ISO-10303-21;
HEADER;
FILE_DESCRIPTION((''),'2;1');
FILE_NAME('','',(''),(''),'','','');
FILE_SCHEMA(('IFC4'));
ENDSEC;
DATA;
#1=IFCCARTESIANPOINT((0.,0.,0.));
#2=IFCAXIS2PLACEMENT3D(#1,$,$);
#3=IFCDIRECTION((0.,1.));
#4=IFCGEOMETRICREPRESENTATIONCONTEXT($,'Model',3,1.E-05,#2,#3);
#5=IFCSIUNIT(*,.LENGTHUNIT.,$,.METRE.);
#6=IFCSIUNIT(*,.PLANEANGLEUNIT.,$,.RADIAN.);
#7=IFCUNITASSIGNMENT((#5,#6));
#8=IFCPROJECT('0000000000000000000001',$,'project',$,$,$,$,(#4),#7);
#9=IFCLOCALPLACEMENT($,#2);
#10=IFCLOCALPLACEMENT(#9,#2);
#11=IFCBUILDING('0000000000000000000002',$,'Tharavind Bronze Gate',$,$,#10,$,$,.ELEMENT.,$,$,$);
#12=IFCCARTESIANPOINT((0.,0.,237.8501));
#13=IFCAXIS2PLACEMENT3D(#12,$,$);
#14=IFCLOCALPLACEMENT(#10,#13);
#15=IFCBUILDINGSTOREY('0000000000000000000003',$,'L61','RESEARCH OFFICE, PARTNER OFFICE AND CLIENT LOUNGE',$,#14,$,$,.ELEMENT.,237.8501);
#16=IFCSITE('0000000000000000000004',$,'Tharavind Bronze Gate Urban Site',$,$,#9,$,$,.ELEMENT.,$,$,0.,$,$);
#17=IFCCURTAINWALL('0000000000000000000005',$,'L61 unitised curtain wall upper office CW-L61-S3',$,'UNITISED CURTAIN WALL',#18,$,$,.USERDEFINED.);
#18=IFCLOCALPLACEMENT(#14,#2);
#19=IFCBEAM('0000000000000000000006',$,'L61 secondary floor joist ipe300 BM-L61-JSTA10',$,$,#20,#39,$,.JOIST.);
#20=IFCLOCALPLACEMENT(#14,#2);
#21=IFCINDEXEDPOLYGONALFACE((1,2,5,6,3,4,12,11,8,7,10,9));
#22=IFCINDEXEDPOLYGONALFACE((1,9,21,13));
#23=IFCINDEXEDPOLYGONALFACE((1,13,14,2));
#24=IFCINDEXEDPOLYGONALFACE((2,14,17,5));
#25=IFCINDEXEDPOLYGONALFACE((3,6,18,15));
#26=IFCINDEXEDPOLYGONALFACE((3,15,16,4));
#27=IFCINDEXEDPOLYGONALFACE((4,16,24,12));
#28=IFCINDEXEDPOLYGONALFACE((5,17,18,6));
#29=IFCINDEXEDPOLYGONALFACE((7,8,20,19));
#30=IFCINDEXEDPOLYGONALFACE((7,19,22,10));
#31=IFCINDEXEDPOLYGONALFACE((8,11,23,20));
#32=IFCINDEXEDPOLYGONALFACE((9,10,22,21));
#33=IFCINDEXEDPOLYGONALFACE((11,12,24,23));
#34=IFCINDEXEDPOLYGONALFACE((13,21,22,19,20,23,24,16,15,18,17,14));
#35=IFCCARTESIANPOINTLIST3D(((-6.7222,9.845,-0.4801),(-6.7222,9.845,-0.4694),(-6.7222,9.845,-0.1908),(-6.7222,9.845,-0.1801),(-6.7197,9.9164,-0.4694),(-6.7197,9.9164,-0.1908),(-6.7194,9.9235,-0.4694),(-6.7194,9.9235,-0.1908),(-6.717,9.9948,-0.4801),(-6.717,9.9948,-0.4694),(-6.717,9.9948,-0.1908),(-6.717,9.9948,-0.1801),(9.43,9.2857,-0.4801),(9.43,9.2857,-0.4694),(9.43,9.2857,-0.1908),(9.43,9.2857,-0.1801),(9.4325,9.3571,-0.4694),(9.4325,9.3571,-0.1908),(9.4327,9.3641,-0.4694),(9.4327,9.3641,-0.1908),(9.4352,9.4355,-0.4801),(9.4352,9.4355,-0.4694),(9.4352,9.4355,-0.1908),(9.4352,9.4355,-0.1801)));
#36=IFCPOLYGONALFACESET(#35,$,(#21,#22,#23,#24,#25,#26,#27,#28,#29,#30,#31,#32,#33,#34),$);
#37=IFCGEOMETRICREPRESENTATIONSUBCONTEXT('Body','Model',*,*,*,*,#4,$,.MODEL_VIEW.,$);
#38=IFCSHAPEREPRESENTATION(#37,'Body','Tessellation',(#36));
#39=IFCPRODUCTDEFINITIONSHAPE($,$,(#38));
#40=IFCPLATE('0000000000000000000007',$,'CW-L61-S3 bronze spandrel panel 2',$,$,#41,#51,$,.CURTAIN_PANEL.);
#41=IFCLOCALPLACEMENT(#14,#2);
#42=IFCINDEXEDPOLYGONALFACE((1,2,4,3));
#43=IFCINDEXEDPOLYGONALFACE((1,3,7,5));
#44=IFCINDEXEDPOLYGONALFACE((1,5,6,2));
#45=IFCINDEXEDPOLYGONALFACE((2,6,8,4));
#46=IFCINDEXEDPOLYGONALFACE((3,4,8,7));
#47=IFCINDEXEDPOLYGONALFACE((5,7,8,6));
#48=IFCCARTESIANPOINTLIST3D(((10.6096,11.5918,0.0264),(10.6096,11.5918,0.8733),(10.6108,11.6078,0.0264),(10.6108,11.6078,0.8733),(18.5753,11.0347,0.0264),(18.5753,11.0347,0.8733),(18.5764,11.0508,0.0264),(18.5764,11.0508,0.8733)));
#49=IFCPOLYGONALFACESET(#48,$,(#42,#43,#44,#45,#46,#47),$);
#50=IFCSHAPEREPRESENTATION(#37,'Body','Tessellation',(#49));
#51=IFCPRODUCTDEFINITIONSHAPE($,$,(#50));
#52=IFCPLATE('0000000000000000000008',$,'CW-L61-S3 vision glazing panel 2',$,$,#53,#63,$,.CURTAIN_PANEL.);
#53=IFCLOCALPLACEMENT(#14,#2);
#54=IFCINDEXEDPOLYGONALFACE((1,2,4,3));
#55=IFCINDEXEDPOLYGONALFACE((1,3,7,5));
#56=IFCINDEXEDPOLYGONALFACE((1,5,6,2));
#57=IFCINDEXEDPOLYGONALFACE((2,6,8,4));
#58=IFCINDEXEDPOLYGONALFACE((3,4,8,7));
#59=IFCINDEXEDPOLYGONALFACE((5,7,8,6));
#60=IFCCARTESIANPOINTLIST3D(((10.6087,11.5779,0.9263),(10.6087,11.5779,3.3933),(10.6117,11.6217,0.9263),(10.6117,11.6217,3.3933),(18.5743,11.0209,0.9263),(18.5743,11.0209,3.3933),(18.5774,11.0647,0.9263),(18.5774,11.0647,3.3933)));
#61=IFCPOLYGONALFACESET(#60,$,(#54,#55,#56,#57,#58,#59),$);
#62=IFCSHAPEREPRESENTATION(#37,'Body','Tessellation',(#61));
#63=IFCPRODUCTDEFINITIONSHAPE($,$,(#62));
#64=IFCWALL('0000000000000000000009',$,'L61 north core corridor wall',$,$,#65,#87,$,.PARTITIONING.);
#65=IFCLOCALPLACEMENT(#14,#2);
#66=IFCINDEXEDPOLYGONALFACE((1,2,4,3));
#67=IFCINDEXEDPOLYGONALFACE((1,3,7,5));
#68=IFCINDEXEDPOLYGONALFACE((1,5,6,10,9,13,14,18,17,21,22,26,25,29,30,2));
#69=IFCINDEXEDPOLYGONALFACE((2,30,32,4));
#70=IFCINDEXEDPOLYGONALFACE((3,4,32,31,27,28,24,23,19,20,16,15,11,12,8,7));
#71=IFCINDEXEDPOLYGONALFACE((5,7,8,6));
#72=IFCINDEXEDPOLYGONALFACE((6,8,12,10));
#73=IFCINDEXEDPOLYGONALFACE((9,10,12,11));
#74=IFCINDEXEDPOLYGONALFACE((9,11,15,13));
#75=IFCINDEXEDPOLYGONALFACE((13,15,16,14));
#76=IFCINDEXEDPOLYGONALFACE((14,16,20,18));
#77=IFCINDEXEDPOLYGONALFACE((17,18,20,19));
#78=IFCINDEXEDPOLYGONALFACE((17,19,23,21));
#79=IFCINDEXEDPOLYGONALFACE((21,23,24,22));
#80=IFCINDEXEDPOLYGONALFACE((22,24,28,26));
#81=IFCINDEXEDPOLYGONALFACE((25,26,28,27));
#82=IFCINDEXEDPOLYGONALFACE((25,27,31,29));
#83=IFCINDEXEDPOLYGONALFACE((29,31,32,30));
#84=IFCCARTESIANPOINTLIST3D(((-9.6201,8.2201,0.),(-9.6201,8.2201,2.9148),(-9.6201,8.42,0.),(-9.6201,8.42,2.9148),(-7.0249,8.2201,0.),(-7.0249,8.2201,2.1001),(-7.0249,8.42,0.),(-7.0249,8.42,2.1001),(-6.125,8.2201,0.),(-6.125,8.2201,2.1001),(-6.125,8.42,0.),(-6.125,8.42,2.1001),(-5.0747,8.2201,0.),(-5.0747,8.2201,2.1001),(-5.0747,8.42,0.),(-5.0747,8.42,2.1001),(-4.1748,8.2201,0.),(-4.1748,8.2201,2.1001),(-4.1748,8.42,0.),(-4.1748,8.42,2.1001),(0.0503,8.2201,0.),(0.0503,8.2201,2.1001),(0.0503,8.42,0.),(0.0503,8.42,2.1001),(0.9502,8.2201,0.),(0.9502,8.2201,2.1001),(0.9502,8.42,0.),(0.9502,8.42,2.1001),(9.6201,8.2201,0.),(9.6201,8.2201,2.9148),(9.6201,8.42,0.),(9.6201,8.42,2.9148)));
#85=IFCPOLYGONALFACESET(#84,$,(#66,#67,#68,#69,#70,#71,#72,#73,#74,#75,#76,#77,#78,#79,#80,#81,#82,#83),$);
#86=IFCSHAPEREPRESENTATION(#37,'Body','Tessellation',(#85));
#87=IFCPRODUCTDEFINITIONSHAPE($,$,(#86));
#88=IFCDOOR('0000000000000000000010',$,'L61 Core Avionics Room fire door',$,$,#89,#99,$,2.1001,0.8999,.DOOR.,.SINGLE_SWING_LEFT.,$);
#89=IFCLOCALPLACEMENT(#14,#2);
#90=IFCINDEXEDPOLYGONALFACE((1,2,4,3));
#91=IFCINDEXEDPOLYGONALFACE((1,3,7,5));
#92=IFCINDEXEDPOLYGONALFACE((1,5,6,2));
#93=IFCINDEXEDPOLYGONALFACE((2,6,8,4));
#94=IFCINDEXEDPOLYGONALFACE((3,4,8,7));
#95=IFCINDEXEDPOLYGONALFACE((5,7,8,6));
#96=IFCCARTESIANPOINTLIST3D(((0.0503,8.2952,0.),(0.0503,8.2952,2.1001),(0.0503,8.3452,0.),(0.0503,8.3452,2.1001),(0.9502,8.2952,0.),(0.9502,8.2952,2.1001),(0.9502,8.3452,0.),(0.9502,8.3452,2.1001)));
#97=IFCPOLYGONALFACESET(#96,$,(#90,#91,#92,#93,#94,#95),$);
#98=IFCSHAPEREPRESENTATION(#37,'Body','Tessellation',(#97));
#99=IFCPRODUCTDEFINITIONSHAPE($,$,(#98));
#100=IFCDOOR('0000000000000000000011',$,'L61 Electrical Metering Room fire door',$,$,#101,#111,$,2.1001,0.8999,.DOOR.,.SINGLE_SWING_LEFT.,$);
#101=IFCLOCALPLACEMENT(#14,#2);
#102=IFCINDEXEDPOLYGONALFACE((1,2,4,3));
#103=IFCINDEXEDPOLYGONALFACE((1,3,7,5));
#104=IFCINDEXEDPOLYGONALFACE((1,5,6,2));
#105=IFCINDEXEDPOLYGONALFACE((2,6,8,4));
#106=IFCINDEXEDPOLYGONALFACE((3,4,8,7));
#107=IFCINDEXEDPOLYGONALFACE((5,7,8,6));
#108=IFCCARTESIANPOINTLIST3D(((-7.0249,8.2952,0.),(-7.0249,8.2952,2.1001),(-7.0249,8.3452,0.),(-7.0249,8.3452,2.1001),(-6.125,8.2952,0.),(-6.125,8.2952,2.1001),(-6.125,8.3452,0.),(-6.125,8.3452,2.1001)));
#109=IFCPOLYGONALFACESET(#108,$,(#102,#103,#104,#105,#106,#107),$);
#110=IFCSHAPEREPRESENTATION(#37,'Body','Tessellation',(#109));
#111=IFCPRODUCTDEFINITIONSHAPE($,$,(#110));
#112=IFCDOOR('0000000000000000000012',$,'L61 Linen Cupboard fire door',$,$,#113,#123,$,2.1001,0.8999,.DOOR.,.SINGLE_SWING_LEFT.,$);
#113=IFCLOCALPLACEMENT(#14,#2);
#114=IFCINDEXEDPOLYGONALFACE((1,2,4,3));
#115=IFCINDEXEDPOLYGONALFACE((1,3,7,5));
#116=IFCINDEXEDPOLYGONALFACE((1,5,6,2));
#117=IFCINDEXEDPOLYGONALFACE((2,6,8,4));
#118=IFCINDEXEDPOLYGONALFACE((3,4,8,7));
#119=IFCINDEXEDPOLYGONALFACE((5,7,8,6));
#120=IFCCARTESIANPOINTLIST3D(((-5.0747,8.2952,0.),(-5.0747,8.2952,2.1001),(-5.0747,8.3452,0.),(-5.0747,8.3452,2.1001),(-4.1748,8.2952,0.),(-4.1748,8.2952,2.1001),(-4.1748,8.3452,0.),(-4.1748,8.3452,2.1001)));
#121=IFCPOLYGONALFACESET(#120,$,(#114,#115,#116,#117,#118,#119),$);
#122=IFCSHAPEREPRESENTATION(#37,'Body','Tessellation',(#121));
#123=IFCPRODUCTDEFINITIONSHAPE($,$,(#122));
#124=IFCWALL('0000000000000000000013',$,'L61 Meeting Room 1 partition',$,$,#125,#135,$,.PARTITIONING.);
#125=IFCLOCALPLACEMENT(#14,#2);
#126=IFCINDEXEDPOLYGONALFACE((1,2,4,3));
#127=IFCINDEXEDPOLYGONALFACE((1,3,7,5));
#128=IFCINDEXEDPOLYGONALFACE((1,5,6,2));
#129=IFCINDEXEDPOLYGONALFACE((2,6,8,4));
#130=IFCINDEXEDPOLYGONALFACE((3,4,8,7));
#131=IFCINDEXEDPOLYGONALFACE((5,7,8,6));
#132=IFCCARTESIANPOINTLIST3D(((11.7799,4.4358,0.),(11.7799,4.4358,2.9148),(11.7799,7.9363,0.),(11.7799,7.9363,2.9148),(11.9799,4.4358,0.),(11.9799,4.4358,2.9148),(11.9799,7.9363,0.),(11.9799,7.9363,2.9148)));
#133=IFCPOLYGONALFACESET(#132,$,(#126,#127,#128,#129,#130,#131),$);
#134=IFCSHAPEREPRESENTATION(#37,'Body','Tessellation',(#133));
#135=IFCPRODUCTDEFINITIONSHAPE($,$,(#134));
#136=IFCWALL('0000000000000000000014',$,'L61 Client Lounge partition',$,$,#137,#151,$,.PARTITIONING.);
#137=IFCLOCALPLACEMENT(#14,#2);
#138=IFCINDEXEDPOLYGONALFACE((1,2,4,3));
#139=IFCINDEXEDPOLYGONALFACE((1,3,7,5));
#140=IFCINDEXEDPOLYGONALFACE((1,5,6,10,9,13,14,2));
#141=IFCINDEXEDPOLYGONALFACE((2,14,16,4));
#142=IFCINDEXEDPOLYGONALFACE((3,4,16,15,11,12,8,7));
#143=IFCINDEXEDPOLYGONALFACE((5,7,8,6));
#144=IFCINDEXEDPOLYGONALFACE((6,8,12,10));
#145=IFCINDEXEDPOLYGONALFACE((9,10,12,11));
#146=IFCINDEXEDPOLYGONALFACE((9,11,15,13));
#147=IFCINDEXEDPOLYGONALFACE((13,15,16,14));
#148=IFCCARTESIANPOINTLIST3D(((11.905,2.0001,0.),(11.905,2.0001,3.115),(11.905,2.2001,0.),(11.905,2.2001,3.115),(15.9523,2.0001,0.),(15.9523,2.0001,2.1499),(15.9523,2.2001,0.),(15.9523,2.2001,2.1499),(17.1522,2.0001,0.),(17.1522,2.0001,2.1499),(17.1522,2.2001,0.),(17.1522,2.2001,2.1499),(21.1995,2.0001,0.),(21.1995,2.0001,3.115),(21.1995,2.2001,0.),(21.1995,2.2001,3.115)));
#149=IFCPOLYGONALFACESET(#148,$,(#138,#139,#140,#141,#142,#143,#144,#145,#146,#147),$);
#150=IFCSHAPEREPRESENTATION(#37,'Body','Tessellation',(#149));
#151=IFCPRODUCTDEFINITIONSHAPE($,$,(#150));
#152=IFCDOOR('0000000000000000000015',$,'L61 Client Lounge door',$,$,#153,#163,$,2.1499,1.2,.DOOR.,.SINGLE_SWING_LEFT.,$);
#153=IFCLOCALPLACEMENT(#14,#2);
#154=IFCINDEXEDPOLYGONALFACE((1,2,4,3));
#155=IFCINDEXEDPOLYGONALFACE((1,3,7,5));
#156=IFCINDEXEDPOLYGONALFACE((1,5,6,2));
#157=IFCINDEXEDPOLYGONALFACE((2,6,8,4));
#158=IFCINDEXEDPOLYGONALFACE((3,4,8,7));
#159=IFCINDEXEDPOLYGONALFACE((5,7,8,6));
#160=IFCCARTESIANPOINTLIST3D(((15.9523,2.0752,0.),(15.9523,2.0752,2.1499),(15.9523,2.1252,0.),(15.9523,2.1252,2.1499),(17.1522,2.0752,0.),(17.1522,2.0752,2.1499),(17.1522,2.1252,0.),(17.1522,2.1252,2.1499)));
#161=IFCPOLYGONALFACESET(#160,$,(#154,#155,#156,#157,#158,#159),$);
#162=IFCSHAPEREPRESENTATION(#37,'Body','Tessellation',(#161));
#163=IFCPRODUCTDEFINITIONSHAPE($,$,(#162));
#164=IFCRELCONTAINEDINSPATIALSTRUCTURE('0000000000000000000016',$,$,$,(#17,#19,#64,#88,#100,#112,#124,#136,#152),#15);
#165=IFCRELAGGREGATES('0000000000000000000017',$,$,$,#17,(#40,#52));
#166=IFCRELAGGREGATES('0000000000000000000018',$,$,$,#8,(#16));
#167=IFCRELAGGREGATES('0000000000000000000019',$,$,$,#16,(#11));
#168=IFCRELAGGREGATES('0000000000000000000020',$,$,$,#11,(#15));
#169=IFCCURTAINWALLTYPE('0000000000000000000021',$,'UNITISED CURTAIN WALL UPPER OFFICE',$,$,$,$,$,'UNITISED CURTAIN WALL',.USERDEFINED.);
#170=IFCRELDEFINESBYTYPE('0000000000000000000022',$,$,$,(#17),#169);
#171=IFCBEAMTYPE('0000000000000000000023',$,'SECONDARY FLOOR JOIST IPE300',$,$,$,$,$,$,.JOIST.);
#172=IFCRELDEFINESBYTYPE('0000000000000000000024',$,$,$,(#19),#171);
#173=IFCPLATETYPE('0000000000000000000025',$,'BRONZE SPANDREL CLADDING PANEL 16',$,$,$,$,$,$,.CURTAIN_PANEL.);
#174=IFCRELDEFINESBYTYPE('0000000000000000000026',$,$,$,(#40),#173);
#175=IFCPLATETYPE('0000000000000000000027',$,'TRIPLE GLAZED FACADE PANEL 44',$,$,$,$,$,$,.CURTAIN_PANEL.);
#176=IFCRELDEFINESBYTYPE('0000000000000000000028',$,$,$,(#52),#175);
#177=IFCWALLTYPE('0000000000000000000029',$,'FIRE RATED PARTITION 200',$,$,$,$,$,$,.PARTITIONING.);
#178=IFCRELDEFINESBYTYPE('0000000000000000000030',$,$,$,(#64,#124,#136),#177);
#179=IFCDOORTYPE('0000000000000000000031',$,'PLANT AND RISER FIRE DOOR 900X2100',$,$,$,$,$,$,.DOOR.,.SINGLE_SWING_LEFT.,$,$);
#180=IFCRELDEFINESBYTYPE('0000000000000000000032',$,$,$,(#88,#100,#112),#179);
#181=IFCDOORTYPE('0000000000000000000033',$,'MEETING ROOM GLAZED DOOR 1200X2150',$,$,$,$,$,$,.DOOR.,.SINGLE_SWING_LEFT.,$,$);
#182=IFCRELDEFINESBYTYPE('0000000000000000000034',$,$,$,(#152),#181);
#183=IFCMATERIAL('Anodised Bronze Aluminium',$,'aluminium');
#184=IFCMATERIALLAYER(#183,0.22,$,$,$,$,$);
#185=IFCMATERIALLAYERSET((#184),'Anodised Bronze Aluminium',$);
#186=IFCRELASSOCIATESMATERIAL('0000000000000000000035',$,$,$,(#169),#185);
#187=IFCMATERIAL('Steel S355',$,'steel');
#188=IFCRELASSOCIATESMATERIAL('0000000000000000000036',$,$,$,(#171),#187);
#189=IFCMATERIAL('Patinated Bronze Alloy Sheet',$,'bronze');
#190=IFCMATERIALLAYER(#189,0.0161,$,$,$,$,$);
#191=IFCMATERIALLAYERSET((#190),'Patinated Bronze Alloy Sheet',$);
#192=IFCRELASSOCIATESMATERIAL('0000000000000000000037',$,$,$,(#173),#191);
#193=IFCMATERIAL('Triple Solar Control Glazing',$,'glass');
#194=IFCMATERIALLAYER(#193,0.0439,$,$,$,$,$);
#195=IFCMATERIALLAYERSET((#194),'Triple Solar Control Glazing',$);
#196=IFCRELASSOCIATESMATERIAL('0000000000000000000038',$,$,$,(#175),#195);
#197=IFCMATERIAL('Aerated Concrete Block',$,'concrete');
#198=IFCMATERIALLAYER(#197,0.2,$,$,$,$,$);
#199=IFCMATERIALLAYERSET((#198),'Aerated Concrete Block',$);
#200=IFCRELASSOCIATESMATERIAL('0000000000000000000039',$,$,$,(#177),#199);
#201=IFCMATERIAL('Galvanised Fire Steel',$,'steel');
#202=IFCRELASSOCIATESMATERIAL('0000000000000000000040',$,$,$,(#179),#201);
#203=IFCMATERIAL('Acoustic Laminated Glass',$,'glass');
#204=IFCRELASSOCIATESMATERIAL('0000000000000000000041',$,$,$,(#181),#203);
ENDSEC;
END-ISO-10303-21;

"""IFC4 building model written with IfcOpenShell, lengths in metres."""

from ifc_helpers import new_model, si_unit, direction, frame, frame_2d, origin, origin_2d, place, context, subcontext, project, spatial, rectangle, i_section, extrude, material, layer, layer_set, material_profile, profile_set, type_object, element, fill, aggregate, save


model = new_model("IFC4")

# Units and contexts
model_context = context("Model", 3, precision=1e-05, world=origin(), true_north=direction((0.0, 1.0)))
body_context = subcontext(model_context, "Body", "Model", "MODEL_VIEW")
ifc_project = project(units=[si_unit("LENGTHUNIT", "METRE"), si_unit("PLANEANGLEUNIT", "RADIAN")], contexts=[model_context])

# Site, building, storey
site_placement = place(None, origin())
site = spatial("IfcSite", under=ifc_project, at=site_placement, Name="Tharavind Bronze Gate Urban Site", CompositionType="ELEMENT", RefElevation=0.0)
building_placement = place(site_placement, origin())
building = spatial("IfcBuilding", under=site, at=building_placement, Name="Tharavind Bronze Gate", CompositionType="ELEMENT")
storey_placement = place(building_placement, frame((0.0, 0.0, 237.8501)))
storey = spatial("IfcBuildingStorey", under=building, at=storey_placement, Name="L61", Description="RESEARCH OFFICE, PARTNER OFFICE AND CLIENT LOUNGE", CompositionType="ELEMENT", Elevation=237.8501)

# Curtain wall
ifc_material_1 = material(Name="Anodised Bronze Aluminium", Category="aluminium")
ifc_layer_1 = layer(ifc_material_1, 0.22)
ifc_layer_set_1 = layer_set([ifc_layer_1], Name="Anodised Bronze Aluminium")
curtain_wall_type = type_object("IfcCurtainWallType", Name="UNITISED CURTAIN WALL UPPER OFFICE", ElementType="UNITISED CURTAIN WALL", PredefinedType="USERDEFINED", material=ifc_layer_set_1)
curtain_wall_placement = place(storey_placement, origin())
curtain_wall = element("IfcCurtainWall", 1, at=curtain_wall_placement, inside=storey, type_object=curtain_wall_type, Name="L61 unitised curtain wall upper office CW-L61-S3", ObjectType="UNITISED CURTAIN WALL", PredefinedType="USERDEFINED")

# Beam
ifc_material_2 = material(Name="Steel S355", Category="steel")
ifc_material_profile_1 = material_profile(ifc_material_2, i_section(OverallWidth=0.1499, OverallDepth=0.3, WebThickness=0.0071, FlangeThickness=0.0107, at=origin_2d()), Name="IPE300")
ifc_profile_set_1 = profile_set([ifc_material_profile_1], Name="Steel S355")
beam_type_1 = type_object("IfcBeamType", Name="SECONDARY FLOOR JOIST IPE300", PredefinedType="JOIST", material=ifc_profile_set_1)
beam_1_placement = place(storey_placement, frame((9.4326, 9.3606, -0.3301), z_axis=(-0.999401, 0.034608, 0.0), x_axis=(-0.034608, -0.999401, 0.0)))
element("IfcBeam", 2, at=beam_1_placement, inside=storey, type_object=beam_type_1, Name="L61 secondary floor joist ipe300 BM-L61-JSTA10", PredefinedType="JOIST", context=body_context, shape_type="SweptSolid", body=[
    extrude(i_section(OverallWidth=0.1499, OverallDepth=0.3, WebThickness=0.0071, FlangeThickness=0.0107, at=origin_2d()), origin(), (0.0, 0.0, 1.0), 16.1619),
])

# Plates
ifc_material_3 = material(Name="Patinated Bronze Alloy Sheet", Category="bronze")
ifc_layer_2 = layer(ifc_material_3, 0.0161)
ifc_layer_set_2 = layer_set([ifc_layer_2], Name="Patinated Bronze Alloy Sheet")
plate_type_1 = type_object("IfcPlateType", Name="BRONZE SPANDREL CLADDING PANEL 16", PredefinedType="CURTAIN_PANEL", material=ifc_layer_set_2)
plate_1_placement = place(storey_placement, frame((14.593, 11.3213, 0.0264), z_axis=(0.0, 0.0, 1.0), x_axis=(-0.997564, 0.069758, 0.0)))
plate_1 = element("IfcPlate", 3, at=plate_1_placement, type_object=plate_type_1, Name="CW-L61-S3 bronze spandrel panel 2", PredefinedType="CURTAIN_PANEL", context=body_context, shape_type="SweptSolid", body=[
    extrude(rectangle(XDim=7.9851, YDim=0.0161, at=origin_2d()), origin(), (0.0, 0.0, 1.0), 0.8469),
])
ifc_material_4 = material(Name="Triple Solar Control Glazing", Category="glass")
ifc_layer_3 = layer(ifc_material_4, 0.0439)
ifc_layer_set_3 = layer_set([ifc_layer_3], Name="Triple Solar Control Glazing")
plate_type_2 = type_object("IfcPlateType", Name="TRIPLE GLAZED FACADE PANEL 44", PredefinedType="CURTAIN_PANEL", material=ifc_layer_set_3)
plate_2_placement = place(storey_placement, frame((14.593, 11.3213, 0.9263), z_axis=(0.0, 0.0, 1.0), x_axis=(-0.997564, 0.069758, 0.0)))
plate_2 = element("IfcPlate", 4, at=plate_2_placement, type_object=plate_type_2, Name="CW-L61-S3 vision glazing panel 2", PredefinedType="CURTAIN_PANEL", context=body_context, shape_type="SweptSolid", body=[
    extrude(rectangle(XDim=7.9851, YDim=0.0439, at=origin_2d()), origin(), (0.0, 0.0, 1.0), 2.467),
])
aggregate(curtain_wall, [plate_1, plate_2])

# Wall, openings, doors
ifc_material_5 = material(Name="Aerated Concrete Block", Category="concrete")
ifc_layer_4 = layer(ifc_material_5, 0.2)
ifc_layer_set_4 = layer_set([ifc_layer_4], Name="Aerated Concrete Block")
wall_type = type_object("IfcWallType", Name="FIRE RATED PARTITION 200", PredefinedType="PARTITIONING", material=ifc_layer_set_4)
wall_1_placement = place(storey_placement, frame((9.6201, 8.3201, 0.0), z_axis=(0.0, 0.0, 1.0), x_axis=(-1.0, 0.0, 0.0)))
wall_1 = element("IfcWall", 5, at=wall_1_placement, inside=storey, type_object=wall_type, Name="L61 north core corridor wall", PredefinedType="PARTITIONING", context=body_context, shape_type="SweptSolid", body=[
    extrude(rectangle(XDim=19.2402, YDim=0.2, at=frame_2d((9.6201, 0.0))), origin(), (0.0, 0.0, 1.0), 2.9148),
])
opening_1_placement = place(wall_1_placement, frame((8.6699, 0.0, 0.0)))
opening_1 = element("IfcOpeningElement", 6, at=opening_1_placement, cuts=wall_1, PredefinedType="OPENING", context=body_context, shape_type="SweptSolid", body=[
    extrude(rectangle(XDim=0.8999, YDim=2.1001, at=frame_2d((0.45, 1.05))), frame((0.0, 0.1101, 0.0), z_axis=(0.0, -1.0, 0.0), x_axis=(1.0, 0.0, 0.0)), (0.0, 0.0, 1.0), 0.22),
])
opening_2_placement = place(wall_1_placement, frame((15.7451, 0.0, 0.0)))
opening_2 = element("IfcOpeningElement", 7, at=opening_2_placement, cuts=wall_1, PredefinedType="OPENING", context=body_context, shape_type="SweptSolid", body=[
    extrude(rectangle(XDim=0.8999, YDim=2.1001, at=frame_2d((0.45, 1.05))), frame((0.0, 0.1101, 0.0), z_axis=(0.0, -1.0, 0.0), x_axis=(1.0, 0.0, 0.0)), (0.0, 0.0, 1.0), 0.22),
])
opening_3_placement = place(wall_1_placement, frame((13.7949, 0.0, 0.0)))
opening_3 = element("IfcOpeningElement", 8, at=opening_3_placement, cuts=wall_1, PredefinedType="OPENING", context=body_context, shape_type="SweptSolid", body=[
    extrude(rectangle(XDim=0.8999, YDim=2.1001, at=frame_2d((0.45, 1.05))), frame((0.0, 0.1101, 0.0), z_axis=(0.0, -1.0, 0.0), x_axis=(1.0, 0.0, 0.0)), (0.0, 0.0, 1.0), 0.22),
])
ifc_material_6 = material(Name="Galvanised Fire Steel", Category="steel")
door_type_1 = type_object("IfcDoorType", Name="PLANT AND RISER FIRE DOOR 900X2100", OperationType="SINGLE_SWING_LEFT", PredefinedType="DOOR", material=ifc_material_6)
door_1_placement = place(opening_1_placement, origin())
door_1 = element("IfcDoor", 9, at=door_1_placement, inside=storey, type_object=door_type_1, Name="L61 Core Avionics Room fire door", OperationType="SINGLE_SWING_LEFT", OverallHeight=2.1001, OverallWidth=0.8999, PredefinedType="DOOR", context=body_context, shape_type="SweptSolid", body=[
    extrude(rectangle(XDim=0.8999, YDim=2.1001, at=frame_2d((0.45, 1.05))), frame((0.0, 0.0249, 0.0), z_axis=(0.0, -1.0, 0.0), x_axis=(1.0, 0.0, 0.0)), (0.0, 0.0, 1.0), 0.05),
])
fill(opening_1, door_1)
door_2_placement = place(opening_2_placement, origin())
door_2 = element("IfcDoor", 10, at=door_2_placement, inside=storey, type_object=door_type_1, Name="L61 Electrical Metering Room fire door", OperationType="SINGLE_SWING_LEFT", OverallHeight=2.1001, OverallWidth=0.8999, PredefinedType="DOOR", context=body_context, shape_type="SweptSolid", body=[
    extrude(rectangle(XDim=0.8999, YDim=2.1001, at=frame_2d((0.45, 1.05))), frame((0.0, 0.0249, 0.0), z_axis=(0.0, -1.0, 0.0), x_axis=(1.0, 0.0, 0.0)), (0.0, 0.0, 1.0), 0.05),
])
fill(opening_2, door_2)
door_3_placement = place(opening_3_placement, origin())
door_3 = element("IfcDoor", 11, at=door_3_placement, inside=storey, type_object=door_type_1, Name="L61 Linen Cupboard fire door", OperationType="SINGLE_SWING_LEFT", OverallHeight=2.1001, OverallWidth=0.8999, PredefinedType="DOOR", context=body_context, shape_type="SweptSolid", body=[
    extrude(rectangle(XDim=0.8999, YDim=2.1001, at=frame_2d((0.45, 1.05))), frame((0.0, 0.0249, 0.0), z_axis=(0.0, -1.0, 0.0), x_axis=(1.0, 0.0, 0.0)), (0.0, 0.0, 1.0), 0.05),
])
fill(opening_3, door_3)

# Wall
wall_2_placement = place(storey_placement, frame((11.8799, 4.4358, 0.0), z_axis=(0.0, 0.0, 1.0), x_axis=(0.0, 1.0, 0.0)))
element("IfcWall", 12, at=wall_2_placement, inside=storey, type_object=wall_type, Name="L61 Meeting Room 1 partition", PredefinedType="PARTITIONING", context=body_context, shape_type="SweptSolid", body=[
    extrude(rectangle(XDim=3.5005, YDim=0.2, at=frame_2d((1.7502, 0.0))), origin(), (0.0, 0.0, 1.0), 2.9148),
])

# Wall, opening, door
ifc_material_7 = material(Name="Acoustic Laminated Glass", Category="glass")
door_type_2 = type_object("IfcDoorType", Name="MEETING ROOM GLAZED DOOR 1200X2150", OperationType="SINGLE_SWING_LEFT", PredefinedType="DOOR", material=ifc_material_7)
wall_3_placement = place(storey_placement, frame((21.1995, 2.1001, 0.0), z_axis=(0.0, 0.0, 1.0), x_axis=(-1.0, 0.0, 0.0)))
wall_3 = element("IfcWall", 13, at=wall_3_placement, inside=storey, type_object=wall_type, Name="L61 Client Lounge partition", PredefinedType="PARTITIONING", context=body_context, shape_type="SweptSolid", body=[
    extrude(rectangle(XDim=9.2944, YDim=0.2, at=frame_2d((4.6472, 0.0))), origin(), (0.0, 0.0, 1.0), 3.115),
])
opening_4_placement = place(wall_3_placement, frame((4.0471, 0.0, 0.0)))
opening_4 = element("IfcOpeningElement", 14, at=opening_4_placement, cuts=wall_3, PredefinedType="OPENING", context=body_context, shape_type="SweptSolid", body=[
    extrude(rectangle(XDim=1.2, YDim=2.1499, at=frame_2d((0.6001, 1.075))), frame((0.0, 0.1101, 0.0), z_axis=(0.0, -1.0, 0.0), x_axis=(1.0, 0.0, 0.0)), (0.0, 0.0, 1.0), 0.22),
])
door_4_placement = place(opening_4_placement, origin())
door_4 = element("IfcDoor", 15, at=door_4_placement, inside=storey, type_object=door_type_2, Name="L61 Client Lounge door", OperationType="SINGLE_SWING_LEFT", OverallHeight=2.1499, OverallWidth=1.2, PredefinedType="DOOR", context=body_context, shape_type="SweptSolid", body=[
    extrude(rectangle(XDim=1.2, YDim=2.1499, at=frame_2d((0.6001, 1.075))), frame((0.0, 0.0249, 0.0), z_axis=(0.0, -1.0, 0.0), x_axis=(1.0, 0.0, 0.0)), (0.0, 0.0, 1.0), 0.05),
])
fill(opening_4, door_4)

save(model, "model.ifc")
